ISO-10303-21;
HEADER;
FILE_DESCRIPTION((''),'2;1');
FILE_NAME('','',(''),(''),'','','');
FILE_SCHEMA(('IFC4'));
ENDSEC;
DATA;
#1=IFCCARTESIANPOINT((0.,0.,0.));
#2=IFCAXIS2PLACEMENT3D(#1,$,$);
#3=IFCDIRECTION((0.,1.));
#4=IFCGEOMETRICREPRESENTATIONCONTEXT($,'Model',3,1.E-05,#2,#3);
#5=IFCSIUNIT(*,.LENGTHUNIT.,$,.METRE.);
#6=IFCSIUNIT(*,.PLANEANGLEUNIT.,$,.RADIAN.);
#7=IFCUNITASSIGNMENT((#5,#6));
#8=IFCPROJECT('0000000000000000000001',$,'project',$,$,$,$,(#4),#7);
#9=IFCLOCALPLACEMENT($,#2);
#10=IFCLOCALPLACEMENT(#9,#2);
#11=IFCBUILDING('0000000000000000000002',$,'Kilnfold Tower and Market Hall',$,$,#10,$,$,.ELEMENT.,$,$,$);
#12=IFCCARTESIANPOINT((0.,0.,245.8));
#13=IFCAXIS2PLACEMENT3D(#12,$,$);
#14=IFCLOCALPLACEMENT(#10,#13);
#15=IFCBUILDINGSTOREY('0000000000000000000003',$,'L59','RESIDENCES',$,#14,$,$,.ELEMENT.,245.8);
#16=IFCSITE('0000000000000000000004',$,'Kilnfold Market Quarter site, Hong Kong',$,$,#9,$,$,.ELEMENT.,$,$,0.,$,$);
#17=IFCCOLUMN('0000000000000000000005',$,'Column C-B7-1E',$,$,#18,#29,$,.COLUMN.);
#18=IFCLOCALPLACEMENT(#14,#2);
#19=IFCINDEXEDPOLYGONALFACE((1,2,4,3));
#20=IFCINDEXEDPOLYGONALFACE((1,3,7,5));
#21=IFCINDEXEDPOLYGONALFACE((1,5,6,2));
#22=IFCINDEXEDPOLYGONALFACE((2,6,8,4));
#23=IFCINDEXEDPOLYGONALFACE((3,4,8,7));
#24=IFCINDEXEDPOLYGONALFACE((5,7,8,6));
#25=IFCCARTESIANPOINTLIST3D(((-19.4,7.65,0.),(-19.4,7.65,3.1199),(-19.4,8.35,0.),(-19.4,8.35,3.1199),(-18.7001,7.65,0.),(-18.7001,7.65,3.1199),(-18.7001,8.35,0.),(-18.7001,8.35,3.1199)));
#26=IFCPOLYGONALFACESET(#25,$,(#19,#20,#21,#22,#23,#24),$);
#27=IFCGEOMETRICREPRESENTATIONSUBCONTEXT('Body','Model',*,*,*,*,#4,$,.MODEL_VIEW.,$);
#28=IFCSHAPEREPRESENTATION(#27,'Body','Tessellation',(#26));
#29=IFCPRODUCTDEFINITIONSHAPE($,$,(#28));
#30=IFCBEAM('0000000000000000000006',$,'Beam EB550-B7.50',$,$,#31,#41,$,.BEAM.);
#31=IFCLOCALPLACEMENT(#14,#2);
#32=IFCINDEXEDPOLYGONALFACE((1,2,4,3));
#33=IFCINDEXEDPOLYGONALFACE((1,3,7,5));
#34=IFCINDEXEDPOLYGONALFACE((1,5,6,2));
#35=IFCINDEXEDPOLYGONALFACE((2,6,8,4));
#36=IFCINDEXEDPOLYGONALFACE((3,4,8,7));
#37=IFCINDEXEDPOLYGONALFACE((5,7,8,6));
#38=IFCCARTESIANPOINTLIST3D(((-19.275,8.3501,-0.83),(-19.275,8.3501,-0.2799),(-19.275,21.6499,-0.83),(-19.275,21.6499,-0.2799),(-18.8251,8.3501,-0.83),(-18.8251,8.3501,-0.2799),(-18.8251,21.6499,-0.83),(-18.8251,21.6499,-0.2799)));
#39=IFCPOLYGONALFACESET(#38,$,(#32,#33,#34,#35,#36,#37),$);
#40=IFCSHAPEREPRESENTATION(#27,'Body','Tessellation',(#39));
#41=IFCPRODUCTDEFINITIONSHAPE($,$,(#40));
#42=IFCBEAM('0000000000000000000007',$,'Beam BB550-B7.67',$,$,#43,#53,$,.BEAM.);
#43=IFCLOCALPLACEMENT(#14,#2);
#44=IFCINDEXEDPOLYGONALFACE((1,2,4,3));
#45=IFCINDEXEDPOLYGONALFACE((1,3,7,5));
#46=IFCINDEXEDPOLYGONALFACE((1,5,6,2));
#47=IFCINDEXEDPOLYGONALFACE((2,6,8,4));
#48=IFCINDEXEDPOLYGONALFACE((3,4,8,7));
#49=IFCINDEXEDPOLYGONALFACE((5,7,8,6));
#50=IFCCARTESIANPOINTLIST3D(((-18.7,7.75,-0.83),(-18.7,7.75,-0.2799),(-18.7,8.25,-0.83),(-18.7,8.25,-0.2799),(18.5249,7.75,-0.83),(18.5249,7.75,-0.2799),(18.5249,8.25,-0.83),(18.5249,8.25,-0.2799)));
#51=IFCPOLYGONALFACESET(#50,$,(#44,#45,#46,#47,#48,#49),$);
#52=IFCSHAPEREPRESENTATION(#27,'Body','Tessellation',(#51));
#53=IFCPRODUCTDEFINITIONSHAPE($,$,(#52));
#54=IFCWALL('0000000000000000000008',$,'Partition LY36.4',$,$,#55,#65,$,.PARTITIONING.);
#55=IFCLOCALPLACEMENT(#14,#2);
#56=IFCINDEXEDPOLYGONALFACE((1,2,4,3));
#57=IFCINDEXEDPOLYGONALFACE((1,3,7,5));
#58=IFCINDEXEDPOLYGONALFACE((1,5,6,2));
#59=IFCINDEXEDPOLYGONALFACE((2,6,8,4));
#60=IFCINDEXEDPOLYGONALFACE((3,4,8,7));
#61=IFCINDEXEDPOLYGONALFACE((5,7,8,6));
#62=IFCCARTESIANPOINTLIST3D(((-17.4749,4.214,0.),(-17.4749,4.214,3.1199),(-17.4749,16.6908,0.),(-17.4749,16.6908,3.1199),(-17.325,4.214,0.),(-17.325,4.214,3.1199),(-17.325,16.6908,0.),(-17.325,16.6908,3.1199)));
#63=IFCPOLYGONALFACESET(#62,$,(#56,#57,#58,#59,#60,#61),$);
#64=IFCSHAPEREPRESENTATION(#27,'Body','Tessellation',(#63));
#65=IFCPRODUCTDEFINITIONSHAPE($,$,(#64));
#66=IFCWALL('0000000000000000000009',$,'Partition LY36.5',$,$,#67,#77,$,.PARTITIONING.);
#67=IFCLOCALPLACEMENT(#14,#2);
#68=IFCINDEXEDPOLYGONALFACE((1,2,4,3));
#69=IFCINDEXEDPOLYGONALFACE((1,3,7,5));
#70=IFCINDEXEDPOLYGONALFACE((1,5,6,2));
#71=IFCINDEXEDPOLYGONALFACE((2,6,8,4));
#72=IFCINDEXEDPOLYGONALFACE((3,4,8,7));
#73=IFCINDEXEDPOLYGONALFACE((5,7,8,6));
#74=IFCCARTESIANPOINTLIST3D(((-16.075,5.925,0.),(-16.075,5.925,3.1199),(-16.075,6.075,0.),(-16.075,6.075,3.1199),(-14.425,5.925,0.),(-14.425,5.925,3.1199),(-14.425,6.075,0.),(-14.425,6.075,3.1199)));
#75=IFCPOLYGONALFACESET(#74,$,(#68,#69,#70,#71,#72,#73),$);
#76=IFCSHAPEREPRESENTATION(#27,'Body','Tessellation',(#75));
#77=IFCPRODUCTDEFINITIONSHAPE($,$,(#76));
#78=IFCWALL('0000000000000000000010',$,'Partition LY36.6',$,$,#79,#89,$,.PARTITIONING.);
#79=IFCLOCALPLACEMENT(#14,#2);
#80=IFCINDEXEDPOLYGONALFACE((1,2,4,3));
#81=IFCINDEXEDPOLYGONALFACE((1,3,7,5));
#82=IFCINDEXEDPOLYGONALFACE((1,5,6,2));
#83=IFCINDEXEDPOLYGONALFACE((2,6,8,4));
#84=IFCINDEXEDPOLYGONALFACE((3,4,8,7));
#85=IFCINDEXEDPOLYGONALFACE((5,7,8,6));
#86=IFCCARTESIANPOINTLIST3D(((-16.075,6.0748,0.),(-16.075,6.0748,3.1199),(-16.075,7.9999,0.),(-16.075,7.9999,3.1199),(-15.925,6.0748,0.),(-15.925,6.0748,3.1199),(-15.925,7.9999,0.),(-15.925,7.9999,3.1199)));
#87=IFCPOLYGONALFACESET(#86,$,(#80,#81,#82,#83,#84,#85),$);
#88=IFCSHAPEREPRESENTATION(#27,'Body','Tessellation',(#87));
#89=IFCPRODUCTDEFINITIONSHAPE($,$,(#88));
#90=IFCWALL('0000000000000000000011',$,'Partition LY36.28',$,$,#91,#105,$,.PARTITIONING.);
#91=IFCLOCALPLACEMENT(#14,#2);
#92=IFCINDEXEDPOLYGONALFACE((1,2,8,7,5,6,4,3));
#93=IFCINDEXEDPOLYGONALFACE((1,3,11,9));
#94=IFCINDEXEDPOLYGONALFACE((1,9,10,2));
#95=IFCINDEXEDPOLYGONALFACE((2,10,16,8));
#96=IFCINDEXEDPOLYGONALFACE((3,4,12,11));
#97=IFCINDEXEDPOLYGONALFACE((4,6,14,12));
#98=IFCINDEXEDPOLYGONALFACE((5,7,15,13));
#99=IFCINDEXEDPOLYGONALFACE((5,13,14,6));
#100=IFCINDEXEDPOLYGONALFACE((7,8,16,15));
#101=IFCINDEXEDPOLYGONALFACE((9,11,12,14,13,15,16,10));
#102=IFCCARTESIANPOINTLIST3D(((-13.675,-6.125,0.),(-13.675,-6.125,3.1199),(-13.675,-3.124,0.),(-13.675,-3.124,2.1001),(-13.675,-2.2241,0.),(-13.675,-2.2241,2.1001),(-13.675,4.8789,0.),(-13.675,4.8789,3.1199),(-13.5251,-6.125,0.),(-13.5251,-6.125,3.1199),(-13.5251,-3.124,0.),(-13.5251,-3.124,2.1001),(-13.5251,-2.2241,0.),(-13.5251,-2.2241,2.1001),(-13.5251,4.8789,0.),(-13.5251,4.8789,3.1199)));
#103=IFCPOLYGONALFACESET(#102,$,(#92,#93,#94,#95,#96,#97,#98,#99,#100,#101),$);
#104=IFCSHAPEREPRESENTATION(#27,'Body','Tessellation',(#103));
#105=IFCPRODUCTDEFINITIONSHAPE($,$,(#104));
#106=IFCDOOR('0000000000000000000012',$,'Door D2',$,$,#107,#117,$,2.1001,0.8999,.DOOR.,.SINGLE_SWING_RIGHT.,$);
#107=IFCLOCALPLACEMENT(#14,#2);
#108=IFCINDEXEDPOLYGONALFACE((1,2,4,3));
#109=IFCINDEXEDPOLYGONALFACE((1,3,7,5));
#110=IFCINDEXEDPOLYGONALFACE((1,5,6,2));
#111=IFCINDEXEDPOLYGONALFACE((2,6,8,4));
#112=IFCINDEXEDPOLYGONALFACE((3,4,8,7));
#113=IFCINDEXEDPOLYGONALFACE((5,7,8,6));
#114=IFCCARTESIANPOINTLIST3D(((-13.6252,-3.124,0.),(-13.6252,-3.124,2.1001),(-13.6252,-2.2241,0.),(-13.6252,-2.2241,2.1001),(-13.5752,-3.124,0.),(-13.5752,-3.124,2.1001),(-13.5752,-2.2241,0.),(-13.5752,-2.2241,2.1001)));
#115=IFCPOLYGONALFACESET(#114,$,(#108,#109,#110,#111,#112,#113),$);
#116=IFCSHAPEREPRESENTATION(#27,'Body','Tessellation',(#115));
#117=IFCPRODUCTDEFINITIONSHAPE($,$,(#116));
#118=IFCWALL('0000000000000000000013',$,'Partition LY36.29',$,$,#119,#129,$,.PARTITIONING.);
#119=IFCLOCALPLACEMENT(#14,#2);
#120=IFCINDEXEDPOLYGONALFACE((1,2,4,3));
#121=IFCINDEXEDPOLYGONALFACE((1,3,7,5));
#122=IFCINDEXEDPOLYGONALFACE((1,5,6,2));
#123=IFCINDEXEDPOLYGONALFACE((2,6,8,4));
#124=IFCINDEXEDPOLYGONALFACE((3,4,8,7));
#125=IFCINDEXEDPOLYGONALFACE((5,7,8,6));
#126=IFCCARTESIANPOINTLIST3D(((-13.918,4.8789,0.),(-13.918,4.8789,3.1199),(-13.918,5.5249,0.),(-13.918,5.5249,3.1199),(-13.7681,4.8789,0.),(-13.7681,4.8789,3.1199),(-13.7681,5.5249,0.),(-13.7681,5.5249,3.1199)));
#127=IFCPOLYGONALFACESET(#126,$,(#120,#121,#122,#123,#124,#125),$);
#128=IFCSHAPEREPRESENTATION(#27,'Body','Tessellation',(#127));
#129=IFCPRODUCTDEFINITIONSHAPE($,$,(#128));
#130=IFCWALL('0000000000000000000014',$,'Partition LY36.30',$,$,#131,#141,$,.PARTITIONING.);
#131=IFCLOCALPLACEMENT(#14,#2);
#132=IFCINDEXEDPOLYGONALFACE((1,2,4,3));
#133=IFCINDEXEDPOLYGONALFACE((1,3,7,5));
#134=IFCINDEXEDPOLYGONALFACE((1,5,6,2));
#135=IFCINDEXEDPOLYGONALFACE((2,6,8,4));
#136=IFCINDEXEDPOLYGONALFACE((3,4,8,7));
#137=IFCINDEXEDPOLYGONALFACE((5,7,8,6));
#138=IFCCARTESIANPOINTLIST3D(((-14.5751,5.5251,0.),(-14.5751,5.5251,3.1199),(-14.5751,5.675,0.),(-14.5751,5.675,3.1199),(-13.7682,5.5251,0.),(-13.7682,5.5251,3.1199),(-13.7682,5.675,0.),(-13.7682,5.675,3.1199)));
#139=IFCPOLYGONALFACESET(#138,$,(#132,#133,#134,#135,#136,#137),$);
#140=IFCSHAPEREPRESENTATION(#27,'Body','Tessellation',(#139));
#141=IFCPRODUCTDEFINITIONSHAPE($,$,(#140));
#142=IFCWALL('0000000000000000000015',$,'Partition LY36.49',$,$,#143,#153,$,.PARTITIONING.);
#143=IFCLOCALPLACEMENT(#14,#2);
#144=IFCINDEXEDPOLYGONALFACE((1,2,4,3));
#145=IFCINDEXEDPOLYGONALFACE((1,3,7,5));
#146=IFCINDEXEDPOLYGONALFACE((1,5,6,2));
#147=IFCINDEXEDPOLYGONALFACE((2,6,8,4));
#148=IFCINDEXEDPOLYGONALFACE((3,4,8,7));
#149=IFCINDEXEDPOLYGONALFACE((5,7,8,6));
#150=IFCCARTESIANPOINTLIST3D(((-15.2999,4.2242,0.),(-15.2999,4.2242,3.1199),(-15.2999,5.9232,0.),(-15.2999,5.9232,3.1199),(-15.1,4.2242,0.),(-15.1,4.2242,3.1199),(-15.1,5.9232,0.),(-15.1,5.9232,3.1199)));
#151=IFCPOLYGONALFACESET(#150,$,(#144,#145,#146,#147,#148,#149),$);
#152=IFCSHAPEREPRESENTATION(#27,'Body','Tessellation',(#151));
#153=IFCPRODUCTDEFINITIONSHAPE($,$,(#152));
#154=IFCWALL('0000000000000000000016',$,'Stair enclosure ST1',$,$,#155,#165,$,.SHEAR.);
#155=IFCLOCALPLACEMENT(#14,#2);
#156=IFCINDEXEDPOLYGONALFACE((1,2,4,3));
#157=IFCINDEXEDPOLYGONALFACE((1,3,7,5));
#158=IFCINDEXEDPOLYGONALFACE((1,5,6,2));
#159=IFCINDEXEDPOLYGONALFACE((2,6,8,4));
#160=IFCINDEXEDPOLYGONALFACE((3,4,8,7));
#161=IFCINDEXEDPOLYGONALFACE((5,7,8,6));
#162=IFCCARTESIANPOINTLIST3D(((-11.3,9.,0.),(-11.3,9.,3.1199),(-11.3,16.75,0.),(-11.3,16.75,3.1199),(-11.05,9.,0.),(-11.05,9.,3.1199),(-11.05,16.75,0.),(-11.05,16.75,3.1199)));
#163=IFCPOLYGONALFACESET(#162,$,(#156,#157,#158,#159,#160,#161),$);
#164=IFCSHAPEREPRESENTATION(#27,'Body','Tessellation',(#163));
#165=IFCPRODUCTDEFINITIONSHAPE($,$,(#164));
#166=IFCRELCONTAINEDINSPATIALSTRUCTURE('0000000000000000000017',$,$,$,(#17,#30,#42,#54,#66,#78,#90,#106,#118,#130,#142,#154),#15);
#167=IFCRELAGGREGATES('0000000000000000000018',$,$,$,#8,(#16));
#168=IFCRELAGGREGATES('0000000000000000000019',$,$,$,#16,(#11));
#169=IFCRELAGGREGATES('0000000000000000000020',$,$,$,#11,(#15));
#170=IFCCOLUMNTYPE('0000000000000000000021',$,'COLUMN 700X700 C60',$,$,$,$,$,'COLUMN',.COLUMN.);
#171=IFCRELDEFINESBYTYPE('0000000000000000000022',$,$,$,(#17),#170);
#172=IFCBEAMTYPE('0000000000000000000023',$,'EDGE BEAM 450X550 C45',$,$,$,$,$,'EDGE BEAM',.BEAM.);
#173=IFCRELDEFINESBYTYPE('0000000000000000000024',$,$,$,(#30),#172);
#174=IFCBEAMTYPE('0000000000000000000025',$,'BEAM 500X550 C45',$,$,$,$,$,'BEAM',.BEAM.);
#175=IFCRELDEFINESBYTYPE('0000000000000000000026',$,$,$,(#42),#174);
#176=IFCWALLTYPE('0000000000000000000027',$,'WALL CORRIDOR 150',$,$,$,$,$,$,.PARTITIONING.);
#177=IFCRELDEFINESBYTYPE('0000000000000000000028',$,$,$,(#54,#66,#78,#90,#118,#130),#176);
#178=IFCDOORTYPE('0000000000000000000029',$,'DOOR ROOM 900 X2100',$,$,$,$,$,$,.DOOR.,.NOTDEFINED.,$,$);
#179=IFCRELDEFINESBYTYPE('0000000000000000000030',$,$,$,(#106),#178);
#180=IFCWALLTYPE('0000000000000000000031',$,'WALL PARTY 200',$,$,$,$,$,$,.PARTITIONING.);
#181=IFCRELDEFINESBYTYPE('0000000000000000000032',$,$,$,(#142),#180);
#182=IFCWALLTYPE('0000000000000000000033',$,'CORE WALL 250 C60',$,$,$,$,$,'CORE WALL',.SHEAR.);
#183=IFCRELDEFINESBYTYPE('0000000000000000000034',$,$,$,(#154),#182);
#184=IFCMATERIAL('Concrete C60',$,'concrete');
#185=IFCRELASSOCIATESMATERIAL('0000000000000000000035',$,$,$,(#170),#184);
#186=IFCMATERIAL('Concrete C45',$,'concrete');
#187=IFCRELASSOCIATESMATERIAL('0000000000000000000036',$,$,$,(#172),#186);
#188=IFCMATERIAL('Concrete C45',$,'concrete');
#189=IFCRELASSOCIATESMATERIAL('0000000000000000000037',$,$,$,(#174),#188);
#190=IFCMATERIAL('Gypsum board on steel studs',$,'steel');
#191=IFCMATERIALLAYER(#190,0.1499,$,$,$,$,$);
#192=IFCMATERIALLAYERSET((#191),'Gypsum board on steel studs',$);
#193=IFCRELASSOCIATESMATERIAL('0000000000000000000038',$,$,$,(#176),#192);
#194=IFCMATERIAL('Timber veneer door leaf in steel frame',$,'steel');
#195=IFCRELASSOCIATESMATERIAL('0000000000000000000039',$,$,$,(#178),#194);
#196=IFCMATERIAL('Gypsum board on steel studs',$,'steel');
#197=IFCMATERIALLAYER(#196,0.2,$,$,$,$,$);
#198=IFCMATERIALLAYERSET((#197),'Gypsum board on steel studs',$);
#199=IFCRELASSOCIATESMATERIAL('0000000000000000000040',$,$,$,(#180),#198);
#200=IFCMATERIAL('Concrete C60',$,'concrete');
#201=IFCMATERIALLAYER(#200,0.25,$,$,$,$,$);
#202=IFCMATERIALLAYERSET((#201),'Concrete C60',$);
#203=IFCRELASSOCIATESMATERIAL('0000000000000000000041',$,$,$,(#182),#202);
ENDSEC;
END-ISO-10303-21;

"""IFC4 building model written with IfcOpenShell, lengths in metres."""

from ifc_helpers import new_model, si_unit, direction, frame, frame_2d, origin, origin_2d, place, context, subcontext, project, spatial, rectangle, extrude, source, transform, mapped, material, layer, layer_set, material_profile, profile_set, type_object, element, fill, save


model = new_model("IFC4")

# Units and contexts
model_context = context("Model", 3, precision=1e-05, world=origin(), true_north=direction((0.0, 1.0)))
body_context = subcontext(model_context, "Body", "Model", "MODEL_VIEW")
ifc_project = project(units=[si_unit("LENGTHUNIT", "METRE"), si_unit("PLANEANGLEUNIT", "RADIAN")], contexts=[model_context])

# Site, building, storey
site_placement = place(None, origin())
site = spatial("IfcSite", under=ifc_project, at=site_placement, Name="Kilnfold Market Quarter site, Hong Kong", CompositionType="ELEMENT", RefElevation=0.0)
building_placement = place(site_placement, origin())
building = spatial("IfcBuilding", under=site, at=building_placement, Name="Kilnfold Tower and Market Hall", CompositionType="ELEMENT")
storey_placement = place(building_placement, frame((0.0, 0.0, 245.8)))
storey = spatial("IfcBuildingStorey", under=building, at=storey_placement, Name="L59", Description="RESIDENCES", CompositionType="ELEMENT", Elevation=245.8)

# Column
ifc_material_1 = material(Name="Concrete C60", Category="concrete")
ifc_material_profile_1 = material_profile(ifc_material_1, rectangle(XDim=0.7, YDim=0.7, at=origin_2d()), Name="RC 700x700")
ifc_profile_set_1 = profile_set([ifc_material_profile_1], Name="Concrete C60")
column_type = type_object("IfcColumnType", Name="COLUMN 700X700 C60", ElementType="COLUMN", PredefinedType="COLUMN", material=ifc_profile_set_1)
shared_shape_1 = source(origin(), body_context, "Body", "SweptSolid", [
    extrude(rectangle(XDim=0.7, YDim=0.7, at=origin_2d()), origin(), (0.0, 0.0, 1.0), 3.1199),
])
column_placement = place(storey_placement, frame((-19.05, 8.0, 0.0), z_axis=(0.0, 0.0, 1.0), x_axis=(1.0, 0.0, 0.0)))
element("IfcColumn", 1, at=column_placement, inside=storey, type_object=column_type, Name="Column C-B7-1E", PredefinedType="COLUMN", context=body_context, shape_type="MappedRepresentation", body=[
    mapped(shared_shape_1, transform((0.0, 0.0, 0.0))),
])

# Beams
ifc_material_2 = material(Name="Concrete C45", Category="concrete")
ifc_material_profile_2 = material_profile(ifc_material_2, rectangle(XDim=0.45, YDim=0.55, at=origin_2d()), Name="RC 450x550")
ifc_profile_set_2 = profile_set([ifc_material_profile_2], Name="Concrete C45")
beam_type_1 = type_object("IfcBeamType", Name="EDGE BEAM 450X550 C45", ElementType="EDGE BEAM", PredefinedType="BEAM", material=ifc_profile_set_2)
shared_shape_2 = source(origin(), body_context, "Body", "SweptSolid", [
    extrude(rectangle(XDim=0.45, YDim=0.55, at=origin_2d()), origin(), (0.0, 0.0, 1.0), 13.2998),
])
beam_1_placement = place(storey_placement, frame((-19.05, 8.3501, -0.5549), z_axis=(0.0, 1.0, 0.0), x_axis=(-1.0, 0.0, 0.0)))
element("IfcBeam", 2, at=beam_1_placement, inside=storey, type_object=beam_type_1, Name="Beam EB550-B7.50", PredefinedType="BEAM", context=body_context, shape_type="MappedRepresentation", body=[
    mapped(shared_shape_2, transform((0.0, 0.0, 0.0))),
])
ifc_material_3 = material(Name="Concrete C45", Category="concrete")
ifc_material_profile_3 = material_profile(ifc_material_3, rectangle(XDim=0.5, YDim=0.55, at=origin_2d()), Name="RC 500x550")
ifc_profile_set_3 = profile_set([ifc_material_profile_3], Name="Concrete C45")
beam_type_2 = type_object("IfcBeamType", Name="BEAM 500X550 C45", ElementType="BEAM", PredefinedType="BEAM", material=ifc_profile_set_3)
shared_shape_3 = source(origin(), body_context, "Body", "SweptSolid", [
    extrude(rectangle(XDim=0.5, YDim=0.55, at=origin_2d()), origin(), (0.0, 0.0, 1.0), 37.2249),
])
beam_2_placement = place(storey_placement, frame((-18.7, 8.0, -0.5549), z_axis=(1.0, 0.0, 0.0), x_axis=(0.0, 1.0, 0.0)))
element("IfcBeam", 3, at=beam_2_placement, inside=storey, type_object=beam_type_2, Name="Beam BB550-B7.67", PredefinedType="BEAM", context=body_context, shape_type="MappedRepresentation", body=[
    mapped(shared_shape_3, transform((0.0, 0.0, 0.0))),
])

# Walls
ifc_material_4 = material(Name="Gypsum board on steel studs", Category="steel")
ifc_layer_1 = layer(ifc_material_4, 0.1499)
ifc_layer_set_1 = layer_set([ifc_layer_1], Name="Gypsum board on steel studs")
wall_type_1 = type_object("IfcWallType", Name="WALL CORRIDOR 150", PredefinedType="PARTITIONING", material=ifc_layer_set_1)
wall_1_placement = place(storey_placement, frame((-17.3999, 4.2141, 0.0), z_axis=(0.0, 0.0, 1.0), x_axis=(0.0, 1.0, 0.0)))
element("IfcWall", 4, at=wall_1_placement, inside=storey, type_object=wall_type_1, Name="Partition LY36.4", PredefinedType="PARTITIONING", context=body_context, shape_type="SweptSolid", body=[
    extrude(rectangle(XDim=12.4768, YDim=0.1499, at=frame_2d((6.2383, 0.0))), origin(), (0.0, 0.0, 1.0), 3.1199),
])
wall_2_placement = place(storey_placement, frame((-16.075, 6.0, 0.0), z_axis=(0.0, 0.0, 1.0), x_axis=(1.0, 0.0, 0.0)))
element("IfcWall", 5, at=wall_2_placement, inside=storey, type_object=wall_type_1, Name="Partition LY36.5", PredefinedType="PARTITIONING", context=body_context, shape_type="SweptSolid", body=[
    extrude(rectangle(XDim=1.6499, YDim=0.1499, at=frame_2d((0.825, 0.0))), origin(), (0.0, 0.0, 1.0), 3.1199),
])
wall_3_placement = place(storey_placement, frame((-16.0, 6.075, 0.0), z_axis=(0.0, 0.0, 1.0), x_axis=(0.0, 1.0, 0.0)))
element("IfcWall", 6, at=wall_3_placement, inside=storey, type_object=wall_type_1, Name="Partition LY36.6", PredefinedType="PARTITIONING", context=body_context, shape_type="SweptSolid", body=[
    extrude(rectangle(XDim=1.925, YDim=0.1499, at=frame_2d((0.9624, 0.0))), origin(), (0.0, 0.0, 1.0), 3.1199),
])

# Wall, opening, door
wall_4_placement = place(storey_placement, frame((-13.6001, 4.8789, 0.0), z_axis=(0.0, 0.0, 1.0), x_axis=(0.0, -1.0, 0.0)))
wall_4 = element("IfcWall", 7, at=wall_4_placement, inside=storey, type_object=wall_type_1, Name="Partition LY36.28", PredefinedType="PARTITIONING", context=body_context, shape_type="SweptSolid", body=[
    extrude(rectangle(XDim=11.0039, YDim=0.1499, at=frame_2d((5.502, 0.0))), origin(), (0.0, 0.0, 1.0), 3.1199),
])
opening_1_placement = place(wall_4_placement, frame((7.103, 0.0, 0.0)))
opening_1 = element("IfcOpeningElement", 8, at=opening_1_placement, cuts=wall_4, PredefinedType="OPENING", context=body_context, shape_type="SweptSolid", body=[
    extrude(rectangle(XDim=0.8999, YDim=2.1001, at=frame_2d((0.45, 1.05))), frame((0.0, 0.085, 0.0), z_axis=(0.0, -1.0, 0.0), x_axis=(1.0, 0.0, 0.0)), (0.0, 0.0, 1.0), 0.1699),
])
ifc_material_5 = material(Name="Timber veneer door leaf in steel frame", Category="steel")
door_type_1 = type_object("IfcDoorType", Name="DOOR ROOM 900 X2100", OperationType="NOTDEFINED", PredefinedType="DOOR", material=ifc_material_5)
door_1_placement = place(opening_1_placement, origin())
door_1 = element("IfcDoor", 9, at=door_1_placement, inside=storey, type_object=door_type_1, Name="Door D2", OperationType="SINGLE_SWING_RIGHT", OverallHeight=2.1001, OverallWidth=0.8999, PredefinedType="DOOR", context=body_context, shape_type="SweptSolid", body=[
    extrude(rectangle(XDim=0.8999, YDim=2.1001, at=frame_2d((0.45, 1.05))), frame((0.0, 0.0249, 0.0), z_axis=(0.0, -1.0, 0.0), x_axis=(1.0, 0.0, 0.0)), (0.0, 0.0, 1.0), 0.05),
])
fill(opening_1, door_1)

# Walls
wall_5_placement = place(storey_placement, frame((-13.843, 5.5249, 0.0), z_axis=(0.0, 0.0, 1.0), x_axis=(0.0, -1.0, 0.0)))
element("IfcWall", 10, at=wall_5_placement, inside=storey, type_object=wall_type_1, Name="Partition LY36.29", PredefinedType="PARTITIONING", context=body_context, shape_type="SweptSolid", body=[
    extrude(rectangle(XDim=0.646, YDim=0.1499, at=frame_2d((0.323, 0.0))), origin(), (0.0, 0.0, 1.0), 3.1199),
])
wall_6_placement = place(storey_placement, frame((-14.575, 5.6001, 0.0), z_axis=(0.0, 0.0, 1.0), x_axis=(1.0, 0.0, 0.0)))
element("IfcWall", 11, at=wall_6_placement, inside=storey, type_object=wall_type_1, Name="Partition LY36.30", PredefinedType="PARTITIONING", context=body_context, shape_type="SweptSolid", body=[
    extrude(rectangle(XDim=0.8069, YDim=0.1499, at=frame_2d((0.4033, 0.0))), origin(), (0.0, 0.0, 1.0), 3.1199),
])
ifc_material_6 = material(Name="Gypsum board on steel studs", Category="steel")
ifc_layer_2 = layer(ifc_material_6, 0.2)
ifc_layer_set_2 = layer_set([ifc_layer_2], Name="Gypsum board on steel studs")
wall_type_2 = type_object("IfcWallType", Name="WALL PARTY 200", PredefinedType="PARTITIONING", material=ifc_layer_set_2)
wall_7_placement = place(storey_placement, frame((-15.2, 4.2241, 0.0), z_axis=(0.0, 0.0, 1.0), x_axis=(0.0, 1.0, 0.0)))
element("IfcWall", 12, at=wall_7_placement, inside=storey, type_object=wall_type_2, Name="Partition LY36.49", PredefinedType="PARTITIONING", context=body_context, shape_type="SweptSolid", body=[
    extrude(rectangle(XDim=1.699, YDim=0.2, at=frame_2d((0.8496, 0.0))), origin(), (0.0, 0.0, 1.0), 3.1199),
])
ifc_material_7 = material(Name="Concrete C60", Category="concrete")
ifc_layer_3 = layer(ifc_material_7, 0.25)
ifc_layer_set_3 = layer_set([ifc_layer_3], Name="Concrete C60")
wall_type_3 = type_object("IfcWallType", Name="CORE WALL 250 C60", ElementType="CORE WALL", PredefinedType="SHEAR", material=ifc_layer_set_3)
shared_shape_4 = source(origin(), body_context, "Body", "SweptSolid", [
    extrude(rectangle(XDim=7.75, YDim=0.25, at=frame_2d((3.875, 0.0))), origin(), (0.0, 0.0, 1.0), 3.1199),
])
wall_8_placement = place(storey_placement, frame((-11.175, 9.0, 0.0), z_axis=(0.0, 0.0, 1.0), x_axis=(0.0, 1.0, 0.0)))
element("IfcWall", 13, at=wall_8_placement, inside=storey, type_object=wall_type_3, Name="Stair enclosure ST1", PredefinedType="SHEAR", context=body_context, shape_type="MappedRepresentation", body=[
    mapped(shared_shape_4, transform((0.0, 0.0, 0.0))),
])

save(model, "model.ifc")
